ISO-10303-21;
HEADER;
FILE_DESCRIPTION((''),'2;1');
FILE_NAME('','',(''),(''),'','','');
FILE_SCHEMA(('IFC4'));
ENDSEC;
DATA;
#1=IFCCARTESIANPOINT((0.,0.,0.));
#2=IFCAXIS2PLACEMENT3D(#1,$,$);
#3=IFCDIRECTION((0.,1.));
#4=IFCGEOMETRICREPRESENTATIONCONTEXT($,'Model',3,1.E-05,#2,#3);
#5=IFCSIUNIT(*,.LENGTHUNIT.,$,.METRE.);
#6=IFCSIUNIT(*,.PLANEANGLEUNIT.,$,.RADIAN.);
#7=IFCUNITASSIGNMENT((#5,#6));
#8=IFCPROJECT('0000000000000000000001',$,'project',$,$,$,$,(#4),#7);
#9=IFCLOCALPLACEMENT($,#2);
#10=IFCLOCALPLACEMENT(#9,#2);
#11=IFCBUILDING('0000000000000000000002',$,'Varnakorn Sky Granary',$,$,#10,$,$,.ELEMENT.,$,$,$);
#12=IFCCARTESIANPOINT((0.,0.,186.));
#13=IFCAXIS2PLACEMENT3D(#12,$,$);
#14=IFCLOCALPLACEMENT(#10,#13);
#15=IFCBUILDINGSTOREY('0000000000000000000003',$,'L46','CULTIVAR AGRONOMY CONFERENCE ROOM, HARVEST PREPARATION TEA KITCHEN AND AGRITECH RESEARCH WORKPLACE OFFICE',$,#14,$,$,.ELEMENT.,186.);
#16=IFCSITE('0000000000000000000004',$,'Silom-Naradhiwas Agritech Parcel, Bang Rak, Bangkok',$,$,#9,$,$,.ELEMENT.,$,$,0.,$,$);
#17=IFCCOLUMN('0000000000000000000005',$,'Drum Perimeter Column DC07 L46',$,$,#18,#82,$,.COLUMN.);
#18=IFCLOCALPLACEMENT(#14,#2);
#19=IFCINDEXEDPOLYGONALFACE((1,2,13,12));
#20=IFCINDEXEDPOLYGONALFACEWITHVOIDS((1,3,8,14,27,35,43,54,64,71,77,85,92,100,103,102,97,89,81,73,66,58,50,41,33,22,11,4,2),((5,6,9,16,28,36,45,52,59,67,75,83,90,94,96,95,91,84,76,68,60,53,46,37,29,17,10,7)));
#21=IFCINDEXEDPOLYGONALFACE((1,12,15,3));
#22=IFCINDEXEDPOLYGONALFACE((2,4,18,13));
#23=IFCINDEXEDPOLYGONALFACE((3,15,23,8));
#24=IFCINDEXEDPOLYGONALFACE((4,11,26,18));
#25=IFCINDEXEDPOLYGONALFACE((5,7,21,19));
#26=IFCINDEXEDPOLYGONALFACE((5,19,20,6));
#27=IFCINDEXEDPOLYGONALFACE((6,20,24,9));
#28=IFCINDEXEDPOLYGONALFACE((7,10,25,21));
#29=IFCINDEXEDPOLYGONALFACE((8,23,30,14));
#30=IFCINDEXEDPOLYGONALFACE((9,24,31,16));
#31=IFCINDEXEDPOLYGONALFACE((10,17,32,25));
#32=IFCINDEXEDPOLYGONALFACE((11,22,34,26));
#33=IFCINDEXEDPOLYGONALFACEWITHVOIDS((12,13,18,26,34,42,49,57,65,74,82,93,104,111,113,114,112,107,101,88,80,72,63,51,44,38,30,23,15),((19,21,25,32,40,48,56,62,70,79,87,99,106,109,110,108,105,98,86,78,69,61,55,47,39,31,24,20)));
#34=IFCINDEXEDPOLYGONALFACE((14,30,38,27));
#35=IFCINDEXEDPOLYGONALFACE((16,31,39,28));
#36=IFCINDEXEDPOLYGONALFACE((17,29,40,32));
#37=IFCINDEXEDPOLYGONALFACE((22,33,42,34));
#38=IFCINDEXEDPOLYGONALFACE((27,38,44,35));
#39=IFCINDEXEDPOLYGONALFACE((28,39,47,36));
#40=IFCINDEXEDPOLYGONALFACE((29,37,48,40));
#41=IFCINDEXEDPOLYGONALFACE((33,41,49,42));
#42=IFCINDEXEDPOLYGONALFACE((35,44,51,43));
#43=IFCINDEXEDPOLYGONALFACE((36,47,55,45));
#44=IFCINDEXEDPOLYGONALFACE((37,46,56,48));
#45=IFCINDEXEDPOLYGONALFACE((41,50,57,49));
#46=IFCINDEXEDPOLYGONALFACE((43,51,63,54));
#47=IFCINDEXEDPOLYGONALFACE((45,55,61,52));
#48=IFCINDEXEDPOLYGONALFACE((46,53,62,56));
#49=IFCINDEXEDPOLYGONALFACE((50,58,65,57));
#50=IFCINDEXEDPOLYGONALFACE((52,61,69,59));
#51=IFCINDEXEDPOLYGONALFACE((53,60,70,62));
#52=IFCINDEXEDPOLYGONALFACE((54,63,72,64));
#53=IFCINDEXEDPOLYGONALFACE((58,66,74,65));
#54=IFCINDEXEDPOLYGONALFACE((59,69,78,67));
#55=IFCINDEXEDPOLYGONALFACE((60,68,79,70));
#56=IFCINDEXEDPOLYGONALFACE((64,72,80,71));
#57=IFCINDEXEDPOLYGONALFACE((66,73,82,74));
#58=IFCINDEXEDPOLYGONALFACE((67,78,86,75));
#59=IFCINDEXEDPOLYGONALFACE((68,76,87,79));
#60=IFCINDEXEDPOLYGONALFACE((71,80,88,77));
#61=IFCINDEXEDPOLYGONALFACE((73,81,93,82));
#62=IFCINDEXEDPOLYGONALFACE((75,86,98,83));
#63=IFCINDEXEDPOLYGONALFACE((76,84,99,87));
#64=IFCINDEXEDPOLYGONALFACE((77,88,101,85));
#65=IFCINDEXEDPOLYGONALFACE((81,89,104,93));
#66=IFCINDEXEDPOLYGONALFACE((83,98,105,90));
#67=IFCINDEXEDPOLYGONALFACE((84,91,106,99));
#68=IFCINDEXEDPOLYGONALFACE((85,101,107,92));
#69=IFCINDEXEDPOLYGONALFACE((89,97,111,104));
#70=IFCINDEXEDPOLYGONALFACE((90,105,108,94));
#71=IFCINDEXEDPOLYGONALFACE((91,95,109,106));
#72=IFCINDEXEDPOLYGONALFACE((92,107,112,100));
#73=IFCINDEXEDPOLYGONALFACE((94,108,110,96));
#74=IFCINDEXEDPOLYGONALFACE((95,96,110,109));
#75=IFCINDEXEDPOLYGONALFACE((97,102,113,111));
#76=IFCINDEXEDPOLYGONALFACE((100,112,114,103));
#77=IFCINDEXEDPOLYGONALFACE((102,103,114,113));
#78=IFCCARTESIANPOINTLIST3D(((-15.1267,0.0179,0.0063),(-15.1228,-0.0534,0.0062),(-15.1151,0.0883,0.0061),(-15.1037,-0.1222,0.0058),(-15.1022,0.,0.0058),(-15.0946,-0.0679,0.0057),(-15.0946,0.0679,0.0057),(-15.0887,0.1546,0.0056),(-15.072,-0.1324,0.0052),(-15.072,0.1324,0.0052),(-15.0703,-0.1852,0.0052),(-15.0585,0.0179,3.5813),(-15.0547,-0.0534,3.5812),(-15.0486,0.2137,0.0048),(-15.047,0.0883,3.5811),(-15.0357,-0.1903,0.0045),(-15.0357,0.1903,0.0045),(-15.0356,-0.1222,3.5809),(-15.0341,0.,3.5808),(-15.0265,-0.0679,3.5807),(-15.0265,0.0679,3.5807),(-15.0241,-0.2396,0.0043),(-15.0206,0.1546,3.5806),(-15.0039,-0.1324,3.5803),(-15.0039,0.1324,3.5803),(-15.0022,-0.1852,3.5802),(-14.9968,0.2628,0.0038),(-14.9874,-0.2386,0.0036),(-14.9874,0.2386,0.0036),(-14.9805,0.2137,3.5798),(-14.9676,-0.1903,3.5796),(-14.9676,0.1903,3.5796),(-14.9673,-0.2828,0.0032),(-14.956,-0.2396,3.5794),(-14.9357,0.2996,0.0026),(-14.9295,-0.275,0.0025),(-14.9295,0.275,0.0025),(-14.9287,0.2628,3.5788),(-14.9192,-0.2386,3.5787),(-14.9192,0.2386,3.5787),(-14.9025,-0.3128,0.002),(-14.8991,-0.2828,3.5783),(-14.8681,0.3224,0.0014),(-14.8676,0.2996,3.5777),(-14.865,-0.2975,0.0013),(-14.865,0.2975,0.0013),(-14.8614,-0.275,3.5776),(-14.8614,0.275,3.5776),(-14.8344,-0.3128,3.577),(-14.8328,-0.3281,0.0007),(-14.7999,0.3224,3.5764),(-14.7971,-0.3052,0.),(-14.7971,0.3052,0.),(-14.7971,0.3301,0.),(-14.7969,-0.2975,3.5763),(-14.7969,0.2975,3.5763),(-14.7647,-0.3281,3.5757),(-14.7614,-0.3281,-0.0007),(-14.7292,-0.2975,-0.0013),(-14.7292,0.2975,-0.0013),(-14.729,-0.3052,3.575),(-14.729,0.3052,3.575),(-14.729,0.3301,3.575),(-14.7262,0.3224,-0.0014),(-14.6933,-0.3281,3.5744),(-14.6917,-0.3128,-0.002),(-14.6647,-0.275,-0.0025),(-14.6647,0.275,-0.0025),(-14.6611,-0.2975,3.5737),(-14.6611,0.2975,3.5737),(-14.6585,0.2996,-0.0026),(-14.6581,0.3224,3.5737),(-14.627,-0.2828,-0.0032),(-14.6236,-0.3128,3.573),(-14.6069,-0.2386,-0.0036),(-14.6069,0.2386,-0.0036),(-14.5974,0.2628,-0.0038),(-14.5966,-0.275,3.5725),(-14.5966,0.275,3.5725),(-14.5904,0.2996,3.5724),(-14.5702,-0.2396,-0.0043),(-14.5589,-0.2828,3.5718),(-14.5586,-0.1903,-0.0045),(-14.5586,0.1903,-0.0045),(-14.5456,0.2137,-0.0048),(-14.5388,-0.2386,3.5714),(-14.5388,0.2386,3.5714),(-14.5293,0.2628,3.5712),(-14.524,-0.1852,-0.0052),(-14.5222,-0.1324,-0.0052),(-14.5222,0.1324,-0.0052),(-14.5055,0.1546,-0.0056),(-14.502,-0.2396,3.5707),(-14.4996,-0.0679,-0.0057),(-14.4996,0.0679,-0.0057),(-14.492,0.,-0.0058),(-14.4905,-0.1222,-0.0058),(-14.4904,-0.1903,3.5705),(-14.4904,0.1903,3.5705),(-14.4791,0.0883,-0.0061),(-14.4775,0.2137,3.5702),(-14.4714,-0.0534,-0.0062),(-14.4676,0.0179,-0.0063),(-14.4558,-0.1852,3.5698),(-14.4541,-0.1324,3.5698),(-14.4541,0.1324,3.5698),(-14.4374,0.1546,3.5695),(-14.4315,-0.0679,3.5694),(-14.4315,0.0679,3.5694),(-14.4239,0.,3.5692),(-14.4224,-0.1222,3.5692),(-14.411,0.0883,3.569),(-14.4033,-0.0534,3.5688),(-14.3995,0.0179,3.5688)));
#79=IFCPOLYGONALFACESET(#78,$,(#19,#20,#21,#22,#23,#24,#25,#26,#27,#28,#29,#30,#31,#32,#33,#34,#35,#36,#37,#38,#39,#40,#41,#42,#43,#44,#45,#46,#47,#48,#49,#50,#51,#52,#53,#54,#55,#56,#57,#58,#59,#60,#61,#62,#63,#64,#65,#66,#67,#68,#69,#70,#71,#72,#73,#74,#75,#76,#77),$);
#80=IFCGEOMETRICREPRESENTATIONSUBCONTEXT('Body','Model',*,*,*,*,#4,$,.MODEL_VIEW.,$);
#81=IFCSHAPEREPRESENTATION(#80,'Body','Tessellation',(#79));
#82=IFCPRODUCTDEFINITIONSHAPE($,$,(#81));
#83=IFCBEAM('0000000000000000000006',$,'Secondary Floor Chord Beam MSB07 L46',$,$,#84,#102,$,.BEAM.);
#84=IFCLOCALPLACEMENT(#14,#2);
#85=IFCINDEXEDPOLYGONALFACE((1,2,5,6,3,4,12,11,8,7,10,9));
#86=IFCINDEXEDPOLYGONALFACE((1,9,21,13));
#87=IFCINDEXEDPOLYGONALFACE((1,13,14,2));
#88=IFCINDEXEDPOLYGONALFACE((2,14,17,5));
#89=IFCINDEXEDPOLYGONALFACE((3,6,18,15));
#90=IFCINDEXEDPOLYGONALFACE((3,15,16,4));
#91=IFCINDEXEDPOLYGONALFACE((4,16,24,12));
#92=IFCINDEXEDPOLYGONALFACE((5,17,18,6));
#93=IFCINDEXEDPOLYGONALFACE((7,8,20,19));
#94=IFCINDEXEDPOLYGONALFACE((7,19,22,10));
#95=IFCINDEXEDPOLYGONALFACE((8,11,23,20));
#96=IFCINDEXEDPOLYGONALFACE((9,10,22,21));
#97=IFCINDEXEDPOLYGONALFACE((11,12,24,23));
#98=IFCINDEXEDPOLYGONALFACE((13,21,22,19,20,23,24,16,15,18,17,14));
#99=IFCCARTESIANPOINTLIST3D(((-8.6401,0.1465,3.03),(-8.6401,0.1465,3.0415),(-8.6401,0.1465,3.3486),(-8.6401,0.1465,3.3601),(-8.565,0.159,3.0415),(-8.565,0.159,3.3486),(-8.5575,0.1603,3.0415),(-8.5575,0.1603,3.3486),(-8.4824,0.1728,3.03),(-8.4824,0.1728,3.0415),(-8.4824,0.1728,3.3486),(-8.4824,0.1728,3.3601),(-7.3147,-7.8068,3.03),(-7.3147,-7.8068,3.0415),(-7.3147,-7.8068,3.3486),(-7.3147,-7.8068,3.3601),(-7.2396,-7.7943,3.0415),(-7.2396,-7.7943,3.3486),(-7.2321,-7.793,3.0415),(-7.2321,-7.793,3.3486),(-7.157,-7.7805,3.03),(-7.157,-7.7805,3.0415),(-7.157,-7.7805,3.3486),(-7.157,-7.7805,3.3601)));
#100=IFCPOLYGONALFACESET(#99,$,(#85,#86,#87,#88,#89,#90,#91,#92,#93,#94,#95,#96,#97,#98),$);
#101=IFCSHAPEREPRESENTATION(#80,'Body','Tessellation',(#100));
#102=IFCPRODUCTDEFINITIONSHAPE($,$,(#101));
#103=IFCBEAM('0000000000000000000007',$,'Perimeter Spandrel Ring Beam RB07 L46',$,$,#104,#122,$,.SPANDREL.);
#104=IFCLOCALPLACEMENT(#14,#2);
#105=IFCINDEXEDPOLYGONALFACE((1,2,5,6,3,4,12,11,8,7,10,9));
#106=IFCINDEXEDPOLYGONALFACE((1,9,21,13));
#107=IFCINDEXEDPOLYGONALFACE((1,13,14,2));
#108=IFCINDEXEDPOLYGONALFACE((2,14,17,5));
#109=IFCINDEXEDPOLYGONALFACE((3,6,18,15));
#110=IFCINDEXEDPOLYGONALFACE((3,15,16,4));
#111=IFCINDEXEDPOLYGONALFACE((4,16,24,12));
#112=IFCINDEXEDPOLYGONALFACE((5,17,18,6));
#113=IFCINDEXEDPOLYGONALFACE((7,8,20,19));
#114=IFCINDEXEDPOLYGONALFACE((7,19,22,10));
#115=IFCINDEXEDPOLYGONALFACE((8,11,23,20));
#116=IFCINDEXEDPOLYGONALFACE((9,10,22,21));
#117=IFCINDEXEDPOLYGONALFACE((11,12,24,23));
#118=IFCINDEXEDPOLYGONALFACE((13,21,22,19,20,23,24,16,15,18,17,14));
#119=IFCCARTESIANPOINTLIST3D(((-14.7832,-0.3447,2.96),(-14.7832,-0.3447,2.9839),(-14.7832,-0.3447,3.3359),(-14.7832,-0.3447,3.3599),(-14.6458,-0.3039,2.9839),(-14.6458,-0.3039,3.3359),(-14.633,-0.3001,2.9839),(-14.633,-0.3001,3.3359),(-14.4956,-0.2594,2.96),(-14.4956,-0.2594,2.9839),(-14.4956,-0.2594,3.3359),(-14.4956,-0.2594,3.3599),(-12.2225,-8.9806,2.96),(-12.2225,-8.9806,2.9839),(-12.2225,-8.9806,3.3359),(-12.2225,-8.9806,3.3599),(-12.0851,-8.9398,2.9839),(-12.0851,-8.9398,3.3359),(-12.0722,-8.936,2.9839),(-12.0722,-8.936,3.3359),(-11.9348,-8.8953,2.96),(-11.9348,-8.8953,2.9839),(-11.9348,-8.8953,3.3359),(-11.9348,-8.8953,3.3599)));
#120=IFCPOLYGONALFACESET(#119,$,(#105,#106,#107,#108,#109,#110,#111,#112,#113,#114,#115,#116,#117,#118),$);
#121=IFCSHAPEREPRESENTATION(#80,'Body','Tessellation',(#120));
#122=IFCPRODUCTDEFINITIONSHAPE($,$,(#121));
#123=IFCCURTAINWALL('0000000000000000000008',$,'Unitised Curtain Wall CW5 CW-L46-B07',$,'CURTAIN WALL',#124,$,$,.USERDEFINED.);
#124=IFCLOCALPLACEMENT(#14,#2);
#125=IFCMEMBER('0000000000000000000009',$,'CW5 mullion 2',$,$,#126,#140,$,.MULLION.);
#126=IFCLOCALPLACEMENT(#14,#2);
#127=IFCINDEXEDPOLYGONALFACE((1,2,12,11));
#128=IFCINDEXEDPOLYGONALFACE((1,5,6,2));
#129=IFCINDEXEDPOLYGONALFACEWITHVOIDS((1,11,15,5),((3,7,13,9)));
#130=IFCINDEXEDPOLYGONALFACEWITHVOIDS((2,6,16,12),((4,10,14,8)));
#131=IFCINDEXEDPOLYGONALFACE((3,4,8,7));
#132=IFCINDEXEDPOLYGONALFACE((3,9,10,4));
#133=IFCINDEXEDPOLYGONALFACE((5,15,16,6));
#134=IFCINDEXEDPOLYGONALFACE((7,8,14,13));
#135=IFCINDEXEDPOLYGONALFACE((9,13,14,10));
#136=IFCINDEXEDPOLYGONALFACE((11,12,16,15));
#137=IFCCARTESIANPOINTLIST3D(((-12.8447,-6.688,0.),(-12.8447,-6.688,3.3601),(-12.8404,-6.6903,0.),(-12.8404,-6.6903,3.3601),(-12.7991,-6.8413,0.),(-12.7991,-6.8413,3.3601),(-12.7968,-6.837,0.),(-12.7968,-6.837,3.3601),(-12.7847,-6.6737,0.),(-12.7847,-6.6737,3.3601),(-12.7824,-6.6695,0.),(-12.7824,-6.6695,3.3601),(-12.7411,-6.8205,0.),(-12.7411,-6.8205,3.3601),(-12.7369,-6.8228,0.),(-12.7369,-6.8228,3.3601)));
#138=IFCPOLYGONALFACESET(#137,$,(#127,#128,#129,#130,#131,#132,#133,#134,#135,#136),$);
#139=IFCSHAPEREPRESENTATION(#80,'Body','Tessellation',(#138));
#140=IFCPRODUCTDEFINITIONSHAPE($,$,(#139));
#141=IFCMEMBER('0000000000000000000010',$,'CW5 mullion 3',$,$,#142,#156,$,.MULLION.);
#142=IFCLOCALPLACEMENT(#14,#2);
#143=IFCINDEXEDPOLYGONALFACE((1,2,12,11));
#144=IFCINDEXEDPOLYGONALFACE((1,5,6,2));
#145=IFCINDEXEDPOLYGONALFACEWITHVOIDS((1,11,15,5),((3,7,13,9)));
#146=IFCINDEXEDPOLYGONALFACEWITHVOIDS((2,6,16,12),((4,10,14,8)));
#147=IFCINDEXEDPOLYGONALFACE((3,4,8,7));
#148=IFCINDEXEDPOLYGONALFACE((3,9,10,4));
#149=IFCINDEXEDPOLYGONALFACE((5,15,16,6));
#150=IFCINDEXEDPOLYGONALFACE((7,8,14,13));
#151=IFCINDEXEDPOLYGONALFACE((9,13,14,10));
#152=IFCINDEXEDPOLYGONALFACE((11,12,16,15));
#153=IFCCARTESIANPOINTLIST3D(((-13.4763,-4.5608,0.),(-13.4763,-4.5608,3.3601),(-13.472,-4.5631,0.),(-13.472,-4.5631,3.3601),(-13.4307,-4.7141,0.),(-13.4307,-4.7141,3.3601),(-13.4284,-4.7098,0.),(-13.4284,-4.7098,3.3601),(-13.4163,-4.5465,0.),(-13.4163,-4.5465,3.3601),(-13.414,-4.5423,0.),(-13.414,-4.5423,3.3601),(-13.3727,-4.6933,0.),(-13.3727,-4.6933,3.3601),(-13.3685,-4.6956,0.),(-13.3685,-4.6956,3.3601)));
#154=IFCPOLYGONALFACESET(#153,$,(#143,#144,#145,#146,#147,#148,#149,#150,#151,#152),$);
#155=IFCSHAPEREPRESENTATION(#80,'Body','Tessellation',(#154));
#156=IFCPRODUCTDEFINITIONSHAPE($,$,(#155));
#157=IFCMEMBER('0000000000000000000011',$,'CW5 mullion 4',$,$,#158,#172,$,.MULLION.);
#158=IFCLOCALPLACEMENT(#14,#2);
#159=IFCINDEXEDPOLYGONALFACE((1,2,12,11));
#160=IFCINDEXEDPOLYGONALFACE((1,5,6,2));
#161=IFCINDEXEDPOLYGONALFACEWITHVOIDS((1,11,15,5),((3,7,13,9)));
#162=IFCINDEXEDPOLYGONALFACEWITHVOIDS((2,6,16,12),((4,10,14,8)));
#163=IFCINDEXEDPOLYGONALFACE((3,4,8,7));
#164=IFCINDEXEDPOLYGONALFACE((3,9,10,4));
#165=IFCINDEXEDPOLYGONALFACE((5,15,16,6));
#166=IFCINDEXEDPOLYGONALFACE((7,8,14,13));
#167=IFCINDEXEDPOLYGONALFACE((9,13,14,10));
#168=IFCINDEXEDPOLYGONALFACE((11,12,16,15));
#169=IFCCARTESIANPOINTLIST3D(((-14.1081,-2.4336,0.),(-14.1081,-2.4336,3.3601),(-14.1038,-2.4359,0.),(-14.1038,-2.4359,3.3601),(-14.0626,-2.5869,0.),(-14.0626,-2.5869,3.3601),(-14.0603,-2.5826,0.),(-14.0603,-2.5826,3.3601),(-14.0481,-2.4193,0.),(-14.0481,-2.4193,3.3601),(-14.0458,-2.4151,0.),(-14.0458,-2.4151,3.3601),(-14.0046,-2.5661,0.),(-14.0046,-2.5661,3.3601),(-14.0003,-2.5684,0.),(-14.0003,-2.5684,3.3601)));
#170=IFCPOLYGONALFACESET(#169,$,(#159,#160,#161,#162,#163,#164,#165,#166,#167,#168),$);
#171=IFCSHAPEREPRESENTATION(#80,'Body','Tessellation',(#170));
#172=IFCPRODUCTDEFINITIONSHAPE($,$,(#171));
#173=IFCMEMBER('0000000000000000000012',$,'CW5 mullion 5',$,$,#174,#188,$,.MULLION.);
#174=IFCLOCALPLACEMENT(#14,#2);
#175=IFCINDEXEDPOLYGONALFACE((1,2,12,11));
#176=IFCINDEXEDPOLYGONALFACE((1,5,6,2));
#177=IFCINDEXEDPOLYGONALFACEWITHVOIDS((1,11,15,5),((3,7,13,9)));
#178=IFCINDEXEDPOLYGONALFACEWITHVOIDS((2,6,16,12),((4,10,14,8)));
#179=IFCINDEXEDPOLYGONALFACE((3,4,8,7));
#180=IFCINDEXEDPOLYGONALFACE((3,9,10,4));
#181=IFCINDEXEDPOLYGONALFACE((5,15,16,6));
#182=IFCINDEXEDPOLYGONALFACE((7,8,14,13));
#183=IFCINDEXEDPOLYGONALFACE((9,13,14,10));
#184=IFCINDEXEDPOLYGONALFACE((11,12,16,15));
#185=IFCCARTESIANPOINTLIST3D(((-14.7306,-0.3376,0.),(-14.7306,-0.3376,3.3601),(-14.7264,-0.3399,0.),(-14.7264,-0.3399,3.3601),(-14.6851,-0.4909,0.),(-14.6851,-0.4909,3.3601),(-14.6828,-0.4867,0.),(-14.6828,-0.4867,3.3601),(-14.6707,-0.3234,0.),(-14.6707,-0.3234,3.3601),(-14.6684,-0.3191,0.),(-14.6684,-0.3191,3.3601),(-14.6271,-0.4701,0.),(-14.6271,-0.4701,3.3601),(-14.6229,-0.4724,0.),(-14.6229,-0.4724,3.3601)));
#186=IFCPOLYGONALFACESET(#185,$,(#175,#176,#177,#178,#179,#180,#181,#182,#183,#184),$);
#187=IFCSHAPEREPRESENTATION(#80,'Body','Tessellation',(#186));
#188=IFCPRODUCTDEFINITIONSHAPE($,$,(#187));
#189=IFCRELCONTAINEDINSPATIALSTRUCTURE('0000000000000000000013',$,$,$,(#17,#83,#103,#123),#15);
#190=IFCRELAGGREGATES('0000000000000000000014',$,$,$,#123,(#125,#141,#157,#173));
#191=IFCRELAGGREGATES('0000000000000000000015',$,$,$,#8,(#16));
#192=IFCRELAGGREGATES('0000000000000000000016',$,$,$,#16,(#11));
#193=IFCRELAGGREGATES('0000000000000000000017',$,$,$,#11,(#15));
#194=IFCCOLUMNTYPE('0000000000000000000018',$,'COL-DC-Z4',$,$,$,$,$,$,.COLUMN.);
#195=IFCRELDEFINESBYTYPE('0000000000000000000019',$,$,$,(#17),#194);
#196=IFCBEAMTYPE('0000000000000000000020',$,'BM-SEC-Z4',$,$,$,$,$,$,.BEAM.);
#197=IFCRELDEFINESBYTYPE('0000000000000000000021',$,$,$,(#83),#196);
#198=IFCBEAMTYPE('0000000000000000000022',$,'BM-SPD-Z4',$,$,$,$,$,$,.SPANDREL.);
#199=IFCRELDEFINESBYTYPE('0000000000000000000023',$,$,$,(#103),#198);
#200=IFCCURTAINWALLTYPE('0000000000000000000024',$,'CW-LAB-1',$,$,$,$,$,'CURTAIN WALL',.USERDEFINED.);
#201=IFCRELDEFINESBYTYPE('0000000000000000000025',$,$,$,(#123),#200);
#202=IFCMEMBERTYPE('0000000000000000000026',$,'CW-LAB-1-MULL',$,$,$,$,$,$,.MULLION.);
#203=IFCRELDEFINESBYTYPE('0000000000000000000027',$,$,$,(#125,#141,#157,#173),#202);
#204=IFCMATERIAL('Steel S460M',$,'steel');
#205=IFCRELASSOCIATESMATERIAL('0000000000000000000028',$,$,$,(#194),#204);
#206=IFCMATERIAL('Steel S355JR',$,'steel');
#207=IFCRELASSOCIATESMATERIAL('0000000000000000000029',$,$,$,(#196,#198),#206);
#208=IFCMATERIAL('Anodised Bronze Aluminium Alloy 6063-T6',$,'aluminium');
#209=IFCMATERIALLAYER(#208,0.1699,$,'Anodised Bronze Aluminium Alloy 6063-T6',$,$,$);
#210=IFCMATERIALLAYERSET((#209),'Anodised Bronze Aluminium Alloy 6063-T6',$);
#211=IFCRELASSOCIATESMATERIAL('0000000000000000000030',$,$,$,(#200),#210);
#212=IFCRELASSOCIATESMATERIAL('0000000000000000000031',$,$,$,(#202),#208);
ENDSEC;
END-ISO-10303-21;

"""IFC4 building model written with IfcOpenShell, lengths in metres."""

from ifc_helpers import new_model, si_unit, direction, frame, origin, origin_2d, place, context, subcontext, project, spatial, hollow_rectangle, hollow_circle, i_section, extrude, material, layer, layer_set, material_profile, profile_set, type_object, element, aggregate, save


model = new_model("IFC4")

# Units and contexts
model_context = context("Model", 3, precision=1e-05, world=origin(), true_north=direction((0.0, 1.0)))
body_context = subcontext(model_context, "Body", "Model", "MODEL_VIEW")
ifc_project = project(units=[si_unit("LENGTHUNIT", "METRE"), si_unit("PLANEANGLEUNIT", "RADIAN")], contexts=[model_context])

# Site, building, storey
site_placement = place(None, origin())
site = spatial("IfcSite", under=ifc_project, at=site_placement, Name="Silom-Naradhiwas Agritech Parcel, Bang Rak, Bangkok", CompositionType="ELEMENT", RefElevation=0.0)
building_placement = place(site_placement, origin())
building = spatial("IfcBuilding", under=site, at=building_placement, Name="Varnakorn Sky Granary", CompositionType="ELEMENT")
storey_placement = place(building_placement, frame((0.0, 0.0, 186.0)))
storey = spatial("IfcBuildingStorey", under=building, at=storey_placement, Name="L46", Description="CULTIVAR AGRONOMY CONFERENCE ROOM, HARVEST PREPARATION TEA KITCHEN AND AGRITECH RESEARCH WORKPLACE OFFICE", CompositionType="ELEMENT", Elevation=186.0)

# Column
ifc_material_1 = material(Name="Steel S460M", Category="steel")
ifc_material_profile_1 = material_profile(ifc_material_1, hollow_circle(Radius=0.3301, WallThickness=0.0249, at=origin_2d()), Name="CHS 660x25")
ifc_profile_set_1 = profile_set([ifc_material_profile_1], Name="Steel S460M")
column_type = type_object("IfcColumnType", Name="COL-DC-Z4", PredefinedType="COLUMN", material=ifc_profile_set_1)
column_placement = place(storey_placement, frame((-14.7971, 0.0, 0.0), z_axis=(0.01905, 0.0, 0.999819), x_axis=(0.0, 1.0, 0.0)))
element("IfcColumn", 1, at=column_placement, inside=storey, type_object=column_type, Name="Drum Perimeter Column DC07 L46", PredefinedType="COLUMN", context=body_context, shape_type="SweptSolid", body=[
    extrude(hollow_circle(Radius=0.3301, WallThickness=0.0249, at=origin_2d()), origin(), (0.0, 0.0, 1.0), 3.5757),
])

# Beams
ifc_material_2 = material(Name="Steel S355JR", Category="steel")
ifc_material_profile_2 = material_profile(ifc_material_2, i_section(OverallWidth=0.1599, OverallDepth=0.3301, WebThickness=0.0076, FlangeThickness=0.0115, at=origin_2d()), Name="IPE 330")
ifc_profile_set_2 = profile_set([ifc_material_profile_2], Name="Steel S355JR")
beam_type_1 = type_object("IfcBeamType", Name="BM-SEC-Z4", PredefinedType="BEAM", material=ifc_profile_set_2)
beam_1_placement = place(storey_placement, frame((-8.5613, 0.1597, 3.1951), z_axis=(0.164384, -0.986396, 0.0), x_axis=(0.986396, 0.164384, 0.0)))
element("IfcBeam", 2, at=beam_1_placement, inside=storey, type_object=beam_type_1, Name="Secondary Floor Chord Beam MSB07 L46", PredefinedType="BEAM", context=body_context, shape_type="SweptSolid", body=[
    extrude(i_section(OverallWidth=0.1599, OverallDepth=0.3301, WebThickness=0.0076, FlangeThickness=0.0115, at=origin_2d()), origin(), (0.0, 0.0, 1.0), 8.063),
])
ifc_material_profile_3 = material_profile(ifc_material_2, i_section(OverallWidth=0.3, OverallDepth=0.3999, WebThickness=0.0134, FlangeThickness=0.0239, at=origin_2d()), Name="HE 400 B")
ifc_profile_set_3 = profile_set([ifc_material_profile_3], Name="Steel S355JR")
beam_type_2 = type_object("IfcBeamType", Name="BM-SPD-Z4", PredefinedType="SPANDREL", material=ifc_profile_set_3)
beam_2_placement = place(storey_placement, frame((-14.6394, -0.302, 3.1599), z_axis=(0.28429, -0.958738, 0.0), x_axis=(0.958738, 0.28429, 0.0)))
element("IfcBeam", 3, at=beam_2_placement, inside=storey, type_object=beam_type_2, Name="Perimeter Spandrel Ring Beam RB07 L46", PredefinedType="SPANDREL", context=body_context, shape_type="SweptSolid", body=[
    extrude(i_section(OverallWidth=0.3, OverallDepth=0.3999, WebThickness=0.0134, FlangeThickness=0.0239, at=origin_2d()), origin(), (0.0, 0.0, 1.0), 9.0076),
])

# Curtain wall, members
ifc_material_3 = material(Name="Anodised Bronze Aluminium Alloy 6063-T6", Category="aluminium")
ifc_layer_1 = layer(ifc_material_3, 0.1699, Name="Anodised Bronze Aluminium Alloy 6063-T6")
ifc_layer_set_1 = layer_set([ifc_layer_1], Name="Anodised Bronze Aluminium Alloy 6063-T6")
curtain_wall_type = type_object("IfcCurtainWallType", Name="CW-LAB-1", ElementType="CURTAIN WALL", PredefinedType="USERDEFINED", material=ifc_layer_set_1)
curtain_wall_placement = place(storey_placement, origin())
curtain_wall = element("IfcCurtainWall", 4, at=curtain_wall_placement, inside=storey, type_object=curtain_wall_type, Name="Unitised Curtain Wall CW5 CW-L46-B07", ObjectType="CURTAIN WALL", PredefinedType="USERDEFINED")
ifc_material_profile_4 = material_profile(ifc_material_3, hollow_rectangle(XDim=0.0649, YDim=0.1599, WallThickness=0.0034, at=origin_2d()), Name="ALU MULL 65x160")
ifc_profile_set_4 = profile_set([ifc_material_profile_4], Name="Anodised Bronze Aluminium Alloy 6063-T6")
member_type_1 = type_object("IfcMemberType", Name="CW-LAB-1-MULL", PredefinedType="MULLION", material=ifc_profile_set_4)
member_1_placement = place(storey_placement, frame((-12.7908, -6.7554, 0.0), z_axis=(0.0, 0.0, 1.0), x_axis=(-0.958614, -0.28471, 0.0)))
member_1 = element("IfcMember", 5, at=member_1_placement, type_object=member_type_1, Name="CW5 mullion 2", PredefinedType="MULLION", context=body_context, shape_type="SweptSolid", body=[
    extrude(hollow_rectangle(XDim=0.0649, YDim=0.1599, WallThickness=0.0034, at=origin_2d()), origin(), (0.0, 0.0, 1.0), 3.3601),
])
member_2_placement = place(storey_placement, frame((-13.4224, -4.6282, 0.0), z_axis=(0.0, 0.0, 1.0), x_axis=(-0.958614, -0.28471, 0.0)))
member_2 = element("IfcMember", 6, at=member_2_placement, type_object=member_type_1, Name="CW5 mullion 3", PredefinedType="MULLION", context=body_context, shape_type="SweptSolid", body=[
    extrude(hollow_rectangle(XDim=0.0649, YDim=0.1599, WallThickness=0.0034, at=origin_2d()), origin(), (0.0, 0.0, 1.0), 3.3601),
])
member_3_placement = place(storey_placement, frame((-14.0542, -2.501, 0.0), z_axis=(0.0, 0.0, 1.0), x_axis=(-0.958614, -0.28471, 0.0)))
member_3 = element("IfcMember", 7, at=member_3_placement, type_object=member_type_1, Name="CW5 mullion 4", PredefinedType="MULLION", context=body_context, shape_type="SweptSolid", body=[
    extrude(hollow_rectangle(XDim=0.0649, YDim=0.1599, WallThickness=0.0034, at=origin_2d()), origin(), (0.0, 0.0, 1.0), 3.3601),
])
member_4_placement = place(storey_placement, frame((-14.6768, -0.405, 0.0), z_axis=(0.0, 0.0, 1.0), x_axis=(-0.958614, -0.28471, 0.0)))
member_4 = element("IfcMember", 8, at=member_4_placement, type_object=member_type_1, Name="CW5 mullion 5", PredefinedType="MULLION", context=body_context, shape_type="SweptSolid", body=[
    extrude(hollow_rectangle(XDim=0.0649, YDim=0.1599, WallThickness=0.0034, at=origin_2d()), origin(), (0.0, 0.0, 1.0), 3.3601),
])

aggregate(curtain_wall, [member_1, member_2, member_3, member_4])

save(model, "model.ifc")
